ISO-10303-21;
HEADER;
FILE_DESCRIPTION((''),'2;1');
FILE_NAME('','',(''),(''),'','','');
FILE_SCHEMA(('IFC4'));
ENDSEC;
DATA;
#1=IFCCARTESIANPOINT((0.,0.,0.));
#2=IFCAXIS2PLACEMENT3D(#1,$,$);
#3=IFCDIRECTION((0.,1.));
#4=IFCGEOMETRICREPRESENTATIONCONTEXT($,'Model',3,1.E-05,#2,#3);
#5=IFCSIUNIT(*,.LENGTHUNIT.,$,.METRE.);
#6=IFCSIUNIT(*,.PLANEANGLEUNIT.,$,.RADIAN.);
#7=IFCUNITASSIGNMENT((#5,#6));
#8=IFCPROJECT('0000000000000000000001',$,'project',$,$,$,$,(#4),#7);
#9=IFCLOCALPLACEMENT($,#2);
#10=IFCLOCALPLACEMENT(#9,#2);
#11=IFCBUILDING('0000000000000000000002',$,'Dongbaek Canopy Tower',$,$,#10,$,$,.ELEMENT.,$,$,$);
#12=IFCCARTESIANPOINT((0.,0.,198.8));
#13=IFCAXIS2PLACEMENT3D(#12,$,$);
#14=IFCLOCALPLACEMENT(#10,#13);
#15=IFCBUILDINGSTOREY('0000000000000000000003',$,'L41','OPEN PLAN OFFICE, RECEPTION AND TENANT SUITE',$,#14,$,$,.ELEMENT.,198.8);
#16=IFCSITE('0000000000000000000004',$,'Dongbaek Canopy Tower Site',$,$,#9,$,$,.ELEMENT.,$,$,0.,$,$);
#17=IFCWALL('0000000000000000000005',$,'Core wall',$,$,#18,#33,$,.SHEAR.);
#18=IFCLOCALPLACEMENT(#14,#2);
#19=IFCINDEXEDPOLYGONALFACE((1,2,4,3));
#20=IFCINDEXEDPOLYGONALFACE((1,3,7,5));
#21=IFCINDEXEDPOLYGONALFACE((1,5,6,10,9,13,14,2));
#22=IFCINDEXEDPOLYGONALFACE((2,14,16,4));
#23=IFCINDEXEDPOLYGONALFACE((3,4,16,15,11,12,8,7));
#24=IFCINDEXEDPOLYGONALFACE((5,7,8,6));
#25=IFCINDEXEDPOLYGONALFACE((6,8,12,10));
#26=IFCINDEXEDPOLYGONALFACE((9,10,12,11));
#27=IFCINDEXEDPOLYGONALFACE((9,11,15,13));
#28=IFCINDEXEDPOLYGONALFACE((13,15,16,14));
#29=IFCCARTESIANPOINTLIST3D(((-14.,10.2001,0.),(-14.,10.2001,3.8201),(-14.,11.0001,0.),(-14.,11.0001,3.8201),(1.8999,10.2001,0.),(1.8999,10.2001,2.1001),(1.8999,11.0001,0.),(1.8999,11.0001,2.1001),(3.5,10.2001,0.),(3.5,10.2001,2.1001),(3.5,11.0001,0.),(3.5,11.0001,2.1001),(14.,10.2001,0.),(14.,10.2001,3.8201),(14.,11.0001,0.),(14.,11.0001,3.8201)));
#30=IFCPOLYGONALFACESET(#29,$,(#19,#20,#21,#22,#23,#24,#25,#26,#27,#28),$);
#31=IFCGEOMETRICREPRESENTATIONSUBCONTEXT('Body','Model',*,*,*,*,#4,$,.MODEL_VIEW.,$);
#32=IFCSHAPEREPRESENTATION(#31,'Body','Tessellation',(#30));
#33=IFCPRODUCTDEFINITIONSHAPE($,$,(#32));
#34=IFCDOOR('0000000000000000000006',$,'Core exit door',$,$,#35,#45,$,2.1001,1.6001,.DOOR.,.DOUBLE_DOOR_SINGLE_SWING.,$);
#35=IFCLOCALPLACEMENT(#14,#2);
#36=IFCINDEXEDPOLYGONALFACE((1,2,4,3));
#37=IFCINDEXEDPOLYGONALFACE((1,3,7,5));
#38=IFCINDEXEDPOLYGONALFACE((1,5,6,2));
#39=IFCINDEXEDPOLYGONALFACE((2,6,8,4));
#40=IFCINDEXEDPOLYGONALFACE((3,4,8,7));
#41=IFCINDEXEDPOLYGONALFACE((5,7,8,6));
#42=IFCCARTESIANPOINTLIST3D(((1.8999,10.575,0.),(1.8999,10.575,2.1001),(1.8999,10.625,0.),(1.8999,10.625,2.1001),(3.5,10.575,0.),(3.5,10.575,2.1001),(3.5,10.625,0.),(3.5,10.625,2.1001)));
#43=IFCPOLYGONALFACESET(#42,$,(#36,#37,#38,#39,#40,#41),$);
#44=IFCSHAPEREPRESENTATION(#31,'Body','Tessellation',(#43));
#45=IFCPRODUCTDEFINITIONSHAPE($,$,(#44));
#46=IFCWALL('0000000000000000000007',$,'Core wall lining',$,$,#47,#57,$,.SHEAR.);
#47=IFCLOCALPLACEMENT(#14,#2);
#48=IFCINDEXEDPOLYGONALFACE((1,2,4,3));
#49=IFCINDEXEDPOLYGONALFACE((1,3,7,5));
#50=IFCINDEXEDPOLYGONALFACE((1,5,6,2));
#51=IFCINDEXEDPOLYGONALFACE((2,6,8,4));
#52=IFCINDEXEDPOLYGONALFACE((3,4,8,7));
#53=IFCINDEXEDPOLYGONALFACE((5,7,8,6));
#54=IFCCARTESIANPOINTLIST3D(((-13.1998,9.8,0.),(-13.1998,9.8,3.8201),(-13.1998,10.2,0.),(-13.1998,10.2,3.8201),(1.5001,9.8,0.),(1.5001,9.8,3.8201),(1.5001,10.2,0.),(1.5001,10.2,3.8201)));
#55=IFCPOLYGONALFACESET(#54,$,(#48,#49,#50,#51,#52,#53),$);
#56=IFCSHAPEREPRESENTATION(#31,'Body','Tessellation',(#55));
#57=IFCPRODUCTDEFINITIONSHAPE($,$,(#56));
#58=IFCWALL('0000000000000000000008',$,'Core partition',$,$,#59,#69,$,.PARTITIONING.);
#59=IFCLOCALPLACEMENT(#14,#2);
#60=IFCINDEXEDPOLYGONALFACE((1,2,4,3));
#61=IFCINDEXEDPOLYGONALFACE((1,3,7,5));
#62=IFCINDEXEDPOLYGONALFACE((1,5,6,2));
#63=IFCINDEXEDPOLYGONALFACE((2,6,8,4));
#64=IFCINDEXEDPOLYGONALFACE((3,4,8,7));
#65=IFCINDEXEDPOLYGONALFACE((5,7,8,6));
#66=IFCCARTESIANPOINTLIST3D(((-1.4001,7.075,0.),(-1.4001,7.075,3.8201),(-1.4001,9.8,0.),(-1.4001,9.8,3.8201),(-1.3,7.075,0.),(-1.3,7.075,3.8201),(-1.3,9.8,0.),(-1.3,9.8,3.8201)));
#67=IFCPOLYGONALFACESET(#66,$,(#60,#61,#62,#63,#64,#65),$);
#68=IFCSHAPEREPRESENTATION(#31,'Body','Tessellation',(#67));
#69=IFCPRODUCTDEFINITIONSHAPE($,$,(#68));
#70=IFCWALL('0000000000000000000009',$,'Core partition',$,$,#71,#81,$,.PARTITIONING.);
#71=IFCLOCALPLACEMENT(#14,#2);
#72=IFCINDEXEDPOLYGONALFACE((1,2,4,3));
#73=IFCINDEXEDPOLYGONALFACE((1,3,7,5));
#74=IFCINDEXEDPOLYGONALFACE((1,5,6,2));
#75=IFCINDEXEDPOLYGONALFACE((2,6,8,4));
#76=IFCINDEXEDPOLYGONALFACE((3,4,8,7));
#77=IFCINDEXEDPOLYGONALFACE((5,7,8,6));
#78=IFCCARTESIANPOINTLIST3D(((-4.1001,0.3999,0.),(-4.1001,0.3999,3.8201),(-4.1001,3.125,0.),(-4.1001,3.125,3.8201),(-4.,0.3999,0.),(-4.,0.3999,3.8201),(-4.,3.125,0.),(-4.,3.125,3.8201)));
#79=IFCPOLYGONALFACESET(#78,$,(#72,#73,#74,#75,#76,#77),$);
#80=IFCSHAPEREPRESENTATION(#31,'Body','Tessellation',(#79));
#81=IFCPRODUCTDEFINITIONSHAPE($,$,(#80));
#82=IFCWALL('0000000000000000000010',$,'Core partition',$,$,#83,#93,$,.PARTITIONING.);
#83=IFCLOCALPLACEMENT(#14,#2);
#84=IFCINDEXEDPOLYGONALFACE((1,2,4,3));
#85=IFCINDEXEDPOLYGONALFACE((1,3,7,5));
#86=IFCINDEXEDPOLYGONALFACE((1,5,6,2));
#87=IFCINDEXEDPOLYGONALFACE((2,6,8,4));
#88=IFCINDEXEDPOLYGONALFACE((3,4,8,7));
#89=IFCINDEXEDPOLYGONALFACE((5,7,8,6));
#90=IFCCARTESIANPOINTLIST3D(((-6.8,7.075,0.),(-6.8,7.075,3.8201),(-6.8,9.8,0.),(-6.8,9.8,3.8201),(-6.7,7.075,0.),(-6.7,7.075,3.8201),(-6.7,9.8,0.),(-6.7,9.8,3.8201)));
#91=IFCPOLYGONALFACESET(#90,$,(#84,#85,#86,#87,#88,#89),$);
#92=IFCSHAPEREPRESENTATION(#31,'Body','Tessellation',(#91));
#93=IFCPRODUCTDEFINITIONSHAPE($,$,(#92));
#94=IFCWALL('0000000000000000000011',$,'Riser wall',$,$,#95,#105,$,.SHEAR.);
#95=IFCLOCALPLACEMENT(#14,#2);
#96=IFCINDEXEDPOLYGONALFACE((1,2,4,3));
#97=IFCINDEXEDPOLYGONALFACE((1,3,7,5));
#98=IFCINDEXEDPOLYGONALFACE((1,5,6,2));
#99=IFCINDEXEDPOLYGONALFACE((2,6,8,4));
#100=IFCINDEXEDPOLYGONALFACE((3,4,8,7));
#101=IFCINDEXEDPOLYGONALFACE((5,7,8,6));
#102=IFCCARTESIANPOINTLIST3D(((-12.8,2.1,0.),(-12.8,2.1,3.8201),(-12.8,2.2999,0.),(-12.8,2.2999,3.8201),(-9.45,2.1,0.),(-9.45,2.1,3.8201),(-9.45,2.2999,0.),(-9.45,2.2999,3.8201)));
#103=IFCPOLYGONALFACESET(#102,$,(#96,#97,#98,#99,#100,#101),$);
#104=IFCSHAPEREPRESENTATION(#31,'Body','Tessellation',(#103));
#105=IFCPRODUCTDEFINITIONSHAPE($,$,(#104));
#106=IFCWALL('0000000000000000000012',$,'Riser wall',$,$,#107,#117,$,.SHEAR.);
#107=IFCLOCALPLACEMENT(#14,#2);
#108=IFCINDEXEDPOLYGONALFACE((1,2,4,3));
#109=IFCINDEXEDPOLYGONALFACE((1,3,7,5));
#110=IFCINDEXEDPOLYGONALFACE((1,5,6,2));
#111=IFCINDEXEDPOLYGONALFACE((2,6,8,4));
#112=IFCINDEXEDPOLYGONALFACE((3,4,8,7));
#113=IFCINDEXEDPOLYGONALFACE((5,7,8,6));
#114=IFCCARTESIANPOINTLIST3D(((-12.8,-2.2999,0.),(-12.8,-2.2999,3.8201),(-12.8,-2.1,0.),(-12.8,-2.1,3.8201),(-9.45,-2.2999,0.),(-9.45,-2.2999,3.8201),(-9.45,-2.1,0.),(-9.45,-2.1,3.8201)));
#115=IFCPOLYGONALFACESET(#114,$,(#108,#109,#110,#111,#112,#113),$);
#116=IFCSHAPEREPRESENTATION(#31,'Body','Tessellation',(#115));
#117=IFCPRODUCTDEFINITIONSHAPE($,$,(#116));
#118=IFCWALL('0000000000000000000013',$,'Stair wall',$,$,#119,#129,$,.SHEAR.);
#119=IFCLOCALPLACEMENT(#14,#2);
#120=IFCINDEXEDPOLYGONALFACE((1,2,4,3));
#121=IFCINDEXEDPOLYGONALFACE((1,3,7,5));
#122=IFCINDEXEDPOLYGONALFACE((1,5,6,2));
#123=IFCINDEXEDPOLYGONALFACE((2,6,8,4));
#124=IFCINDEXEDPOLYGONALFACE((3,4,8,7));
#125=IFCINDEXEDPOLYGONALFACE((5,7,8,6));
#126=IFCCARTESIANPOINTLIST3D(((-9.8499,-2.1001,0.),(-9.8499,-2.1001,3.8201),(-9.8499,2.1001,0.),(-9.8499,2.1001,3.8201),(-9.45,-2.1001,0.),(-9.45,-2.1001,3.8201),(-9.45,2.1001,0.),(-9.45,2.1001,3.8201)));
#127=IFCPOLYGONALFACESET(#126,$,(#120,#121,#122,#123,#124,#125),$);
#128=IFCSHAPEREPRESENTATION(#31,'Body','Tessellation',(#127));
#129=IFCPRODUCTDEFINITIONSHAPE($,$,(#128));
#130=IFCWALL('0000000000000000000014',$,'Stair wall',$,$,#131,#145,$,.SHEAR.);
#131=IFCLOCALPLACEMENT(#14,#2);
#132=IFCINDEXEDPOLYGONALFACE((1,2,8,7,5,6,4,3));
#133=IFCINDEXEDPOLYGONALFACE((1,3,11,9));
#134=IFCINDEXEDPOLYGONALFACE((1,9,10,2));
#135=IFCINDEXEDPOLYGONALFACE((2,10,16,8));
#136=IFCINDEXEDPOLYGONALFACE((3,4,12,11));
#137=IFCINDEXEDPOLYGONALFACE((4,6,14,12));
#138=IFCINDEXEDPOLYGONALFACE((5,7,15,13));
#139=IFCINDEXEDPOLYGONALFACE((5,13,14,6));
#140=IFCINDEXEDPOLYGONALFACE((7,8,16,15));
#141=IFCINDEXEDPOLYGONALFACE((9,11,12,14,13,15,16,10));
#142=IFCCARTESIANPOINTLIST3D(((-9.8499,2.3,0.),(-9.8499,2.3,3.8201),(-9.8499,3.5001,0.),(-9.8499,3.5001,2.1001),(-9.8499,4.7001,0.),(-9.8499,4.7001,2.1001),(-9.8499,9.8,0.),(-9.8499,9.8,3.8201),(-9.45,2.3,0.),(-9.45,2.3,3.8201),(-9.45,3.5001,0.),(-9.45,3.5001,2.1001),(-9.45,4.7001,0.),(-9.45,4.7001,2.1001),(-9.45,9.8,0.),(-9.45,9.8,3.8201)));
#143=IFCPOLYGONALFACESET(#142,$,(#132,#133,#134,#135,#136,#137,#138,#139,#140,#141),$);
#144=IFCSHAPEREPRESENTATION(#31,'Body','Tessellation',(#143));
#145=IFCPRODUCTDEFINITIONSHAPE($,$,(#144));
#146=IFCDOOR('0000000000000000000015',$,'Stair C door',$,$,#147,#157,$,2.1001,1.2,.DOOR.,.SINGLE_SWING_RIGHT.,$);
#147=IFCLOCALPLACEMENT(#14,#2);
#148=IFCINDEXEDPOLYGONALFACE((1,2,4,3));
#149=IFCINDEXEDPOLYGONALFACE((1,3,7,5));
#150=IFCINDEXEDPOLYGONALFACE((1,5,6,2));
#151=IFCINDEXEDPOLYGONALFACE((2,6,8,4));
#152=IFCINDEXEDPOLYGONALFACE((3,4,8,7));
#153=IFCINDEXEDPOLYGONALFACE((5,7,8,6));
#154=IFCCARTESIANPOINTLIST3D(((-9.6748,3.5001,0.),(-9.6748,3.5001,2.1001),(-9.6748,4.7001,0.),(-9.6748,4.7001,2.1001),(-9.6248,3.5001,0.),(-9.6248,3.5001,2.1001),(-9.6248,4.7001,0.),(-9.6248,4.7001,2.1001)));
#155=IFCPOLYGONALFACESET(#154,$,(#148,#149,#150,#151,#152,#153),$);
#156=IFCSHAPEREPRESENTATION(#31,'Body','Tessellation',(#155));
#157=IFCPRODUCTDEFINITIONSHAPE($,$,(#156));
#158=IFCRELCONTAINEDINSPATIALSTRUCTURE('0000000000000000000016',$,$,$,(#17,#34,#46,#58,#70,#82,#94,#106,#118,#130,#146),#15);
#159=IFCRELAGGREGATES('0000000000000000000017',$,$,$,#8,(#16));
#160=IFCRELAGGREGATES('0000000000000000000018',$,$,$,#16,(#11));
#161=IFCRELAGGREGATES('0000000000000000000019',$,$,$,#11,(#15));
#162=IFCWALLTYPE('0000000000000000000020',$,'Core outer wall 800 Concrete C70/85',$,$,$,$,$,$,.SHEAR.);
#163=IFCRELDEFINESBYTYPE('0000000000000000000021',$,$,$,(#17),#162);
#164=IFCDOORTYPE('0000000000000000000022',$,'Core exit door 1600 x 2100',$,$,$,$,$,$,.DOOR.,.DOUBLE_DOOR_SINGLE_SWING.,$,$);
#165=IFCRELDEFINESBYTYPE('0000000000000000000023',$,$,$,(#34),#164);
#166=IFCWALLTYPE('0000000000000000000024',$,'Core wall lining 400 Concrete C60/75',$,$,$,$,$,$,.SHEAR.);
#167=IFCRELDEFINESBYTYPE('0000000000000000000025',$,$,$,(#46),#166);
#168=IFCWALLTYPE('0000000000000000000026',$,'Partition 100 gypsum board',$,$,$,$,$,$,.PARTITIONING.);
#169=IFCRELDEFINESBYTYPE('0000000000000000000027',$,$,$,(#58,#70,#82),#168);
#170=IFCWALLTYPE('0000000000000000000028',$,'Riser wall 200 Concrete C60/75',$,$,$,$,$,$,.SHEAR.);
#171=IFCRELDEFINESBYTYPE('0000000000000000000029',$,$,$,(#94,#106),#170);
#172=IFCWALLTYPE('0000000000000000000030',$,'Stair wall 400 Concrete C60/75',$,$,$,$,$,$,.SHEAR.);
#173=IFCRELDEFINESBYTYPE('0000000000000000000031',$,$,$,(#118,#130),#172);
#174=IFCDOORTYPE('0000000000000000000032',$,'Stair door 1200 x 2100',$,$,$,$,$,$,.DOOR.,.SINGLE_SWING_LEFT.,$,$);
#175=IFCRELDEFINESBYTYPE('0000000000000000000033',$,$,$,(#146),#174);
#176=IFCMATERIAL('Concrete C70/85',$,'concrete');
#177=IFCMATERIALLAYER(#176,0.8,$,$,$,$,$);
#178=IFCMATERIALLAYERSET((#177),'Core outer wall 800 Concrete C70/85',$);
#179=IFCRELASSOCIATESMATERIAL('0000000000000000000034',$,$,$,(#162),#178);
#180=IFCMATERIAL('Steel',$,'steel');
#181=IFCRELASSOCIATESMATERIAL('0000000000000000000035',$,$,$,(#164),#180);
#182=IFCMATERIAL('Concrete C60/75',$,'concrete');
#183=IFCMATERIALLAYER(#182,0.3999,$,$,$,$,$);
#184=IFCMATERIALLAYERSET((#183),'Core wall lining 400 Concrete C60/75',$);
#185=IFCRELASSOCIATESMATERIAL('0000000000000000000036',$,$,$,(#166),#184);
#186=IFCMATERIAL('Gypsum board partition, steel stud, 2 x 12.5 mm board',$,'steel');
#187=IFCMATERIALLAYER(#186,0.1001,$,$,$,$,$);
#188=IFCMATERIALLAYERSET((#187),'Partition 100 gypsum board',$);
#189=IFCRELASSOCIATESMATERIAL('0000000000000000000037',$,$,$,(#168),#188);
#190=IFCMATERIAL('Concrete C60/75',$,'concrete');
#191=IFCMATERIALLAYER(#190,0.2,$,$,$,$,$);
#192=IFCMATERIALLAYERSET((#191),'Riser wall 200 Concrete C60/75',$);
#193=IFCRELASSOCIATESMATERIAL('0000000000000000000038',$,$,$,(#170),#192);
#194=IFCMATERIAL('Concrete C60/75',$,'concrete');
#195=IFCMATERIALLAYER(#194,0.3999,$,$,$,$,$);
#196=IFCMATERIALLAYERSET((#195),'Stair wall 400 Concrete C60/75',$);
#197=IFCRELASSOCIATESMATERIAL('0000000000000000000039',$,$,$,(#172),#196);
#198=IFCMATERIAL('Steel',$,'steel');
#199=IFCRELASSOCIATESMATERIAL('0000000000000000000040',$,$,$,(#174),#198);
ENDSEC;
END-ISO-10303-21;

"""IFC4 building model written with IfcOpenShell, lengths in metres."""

from ifc_helpers import new_model, si_unit, direction, frame, frame_2d, origin, place, context, subcontext, project, spatial, rectangle, extrude, material, layer, layer_set, type_object, element, fill, save


model = new_model("IFC4")

# Units and contexts
model_context = context("Model", 3, precision=1e-05, world=origin(), true_north=direction((0.0, 1.0)))
body_context = subcontext(model_context, "Body", "Model", "MODEL_VIEW")
ifc_project = project(units=[si_unit("LENGTHUNIT", "METRE"), si_unit("PLANEANGLEUNIT", "RADIAN")], contexts=[model_context])

# Site, building, storey
site_placement = place(None, origin())
site = spatial("IfcSite", under=ifc_project, at=site_placement, Name="Dongbaek Canopy Tower Site", CompositionType="ELEMENT", RefElevation=0.0)
building_placement = place(site_placement, origin())
building = spatial("IfcBuilding", under=site, at=building_placement, Name="Dongbaek Canopy Tower", CompositionType="ELEMENT")
storey_placement = place(building_placement, frame((0.0, 0.0, 198.8)))
storey = spatial("IfcBuildingStorey", under=building, at=storey_placement, Name="L41", Description="OPEN PLAN OFFICE, RECEPTION AND TENANT SUITE", CompositionType="ELEMENT", Elevation=198.8)

# Wall, opening, door
ifc_material_1 = material(Name="Concrete C70/85", Category="concrete")
ifc_layer_1 = layer(ifc_material_1, 0.8)
ifc_layer_set_1 = layer_set([ifc_layer_1], Name="Core outer wall 800 Concrete C70/85")
wall_type_1 = type_object("IfcWallType", Name="Core outer wall 800 Concrete C70/85", PredefinedType="SHEAR", material=ifc_layer_set_1)
wall_1_placement = place(storey_placement, frame((-14.0, 10.6001, 0.0), z_axis=(0.0, 0.0, 1.0), x_axis=(1.0, 0.0, 0.0)))
wall_1 = element("IfcWall", 1, at=wall_1_placement, inside=storey, type_object=wall_type_1, Name="Core wall", PredefinedType="SHEAR", context=body_context, shape_type="SweptSolid", body=[
    extrude(rectangle(XDim=28.0, YDim=0.8, at=frame_2d((14.0, 0.0))), origin(), (0.0, 0.0, 1.0), 3.8201),
])
opening_1_placement = place(wall_1_placement, frame((15.8999, 0.0, 0.0)))
opening_1 = element("IfcOpeningElement", 2, at=opening_1_placement, cuts=wall_1, PredefinedType="OPENING", context=body_context, shape_type="SweptSolid", body=[
    extrude(rectangle(XDim=1.6001, YDim=2.1001, at=frame_2d((0.8, 1.05))), frame((0.0, 0.4099, 0.0), z_axis=(0.0, -1.0, 0.0), x_axis=(1.0, 0.0, 0.0)), (0.0, 0.0, 1.0), 0.8201),
])
ifc_material_2 = material(Name="Steel", Category="steel")
door_type_1 = type_object("IfcDoorType", Name="Core exit door 1600 x 2100", OperationType="DOUBLE_DOOR_SINGLE_SWING", PredefinedType="DOOR", material=ifc_material_2)
door_1_placement = place(opening_1_placement, origin())
door_1 = element("IfcDoor", 3, at=door_1_placement, inside=storey, type_object=door_type_1, Name="Core exit door", OperationType="DOUBLE_DOOR_SINGLE_SWING", OverallHeight=2.1001, OverallWidth=1.6001, PredefinedType="DOOR", context=body_context, shape_type="SweptSolid", body=[
    extrude(rectangle(XDim=1.6001, YDim=2.1001, at=frame_2d((0.8, 1.05))), frame((0.0, 0.0249, 0.0), z_axis=(0.0, -1.0, 0.0), x_axis=(1.0, 0.0, 0.0)), (0.0, 0.0, 1.0), 0.05),
])
fill(opening_1, door_1)

# Walls
ifc_material_3 = material(Name="Concrete C60/75", Category="concrete")
ifc_layer_2 = layer(ifc_material_3, 0.3999)
ifc_layer_set_2 = layer_set([ifc_layer_2], Name="Core wall lining 400 Concrete C60/75")
wall_type_2 = type_object("IfcWallType", Name="Core wall lining 400 Concrete C60/75", PredefinedType="SHEAR", material=ifc_layer_set_2)
wall_2_placement = place(storey_placement, frame((-13.2, 10.0, 0.0), z_axis=(0.0, 0.0, 1.0), x_axis=(1.0, 0.0, 0.0)))
element("IfcWall", 4, at=wall_2_placement, inside=storey, type_object=wall_type_2, Name="Core wall lining", PredefinedType="SHEAR", context=body_context, shape_type="SweptSolid", body=[
    extrude(rectangle(XDim=14.7, YDim=0.3999, at=frame_2d((7.3501, 0.0))), origin(), (0.0, 0.0, 1.0), 3.8201),
])
ifc_material_4 = material(Name="Gypsum board partition, steel stud, 2 x 12.5 mm board", Category="steel")
ifc_layer_3 = layer(ifc_material_4, 0.1001)
ifc_layer_set_3 = layer_set([ifc_layer_3], Name="Partition 100 gypsum board")
wall_type_3 = type_object("IfcWallType", Name="Partition 100 gypsum board", PredefinedType="PARTITIONING", material=ifc_layer_set_3)
for number, where, z_axis, x_axis, name in (
    (5, (-1.3501, 7.075, 0.0), (0.0, 0.0, 1.0), (0.0, 1.0, 0.0), "Core partition"),
    (6, (-4.05, 0.3999, 0.0), (0.0, 0.0, 1.0), (0.0, 1.0, 0.0), "Core partition"),
    (7, (-6.75, 7.075, 0.0), (0.0, 0.0, 1.0), (0.0, 1.0, 0.0), "Core partition"),
):
    element("IfcWall", number, at=place(storey_placement, frame(where, z_axis=z_axis, x_axis=x_axis)), inside=storey, type_object=wall_type_3, Name=name, PredefinedType="PARTITIONING", context=body_context, shape_type="SweptSolid", body=[
        extrude(rectangle(XDim=2.7251, YDim=0.1001, at=frame_2d((1.3625, 0.0))), origin(), (0.0, 0.0, 1.0), 3.8201),
    ])
ifc_material_5 = material(Name="Concrete C60/75", Category="concrete")
ifc_layer_4 = layer(ifc_material_5, 0.2)
ifc_layer_set_4 = layer_set([ifc_layer_4], Name="Riser wall 200 Concrete C60/75")
wall_type_4 = type_object("IfcWallType", Name="Riser wall 200 Concrete C60/75", PredefinedType="SHEAR", material=ifc_layer_set_4)
for number, where, z_axis, x_axis, name in (
    (8, (-9.45, 2.2, 0.0), (0.0, 0.0, 1.0), (-1.0, 0.0, 0.0), "Riser wall"),
    (9, (-9.45, -2.2, 0.0), (0.0, 0.0, 1.0), (-1.0, 0.0, 0.0), "Riser wall"),
):
    element("IfcWall", number, at=place(storey_placement, frame(where, z_axis=z_axis, x_axis=x_axis)), inside=storey, type_object=wall_type_4, Name=name, PredefinedType="SHEAR", context=body_context, shape_type="SweptSolid", body=[
        extrude(rectangle(XDim=3.3501, YDim=0.2, at=frame_2d((1.675, 0.0))), origin(), (0.0, 0.0, 1.0), 3.8201),
    ])
ifc_material_6 = material(Name="Concrete C60/75", Category="concrete")
ifc_layer_5 = layer(ifc_material_6, 0.3999)
ifc_layer_set_5 = layer_set([ifc_layer_5], Name="Stair wall 400 Concrete C60/75")
wall_type_5 = type_object("IfcWallType", Name="Stair wall 400 Concrete C60/75", PredefinedType="SHEAR", material=ifc_layer_set_5)
wall_3_placement = place(storey_placement, frame((-9.6499, -2.1001, 0.0), z_axis=(0.0, 0.0, 1.0), x_axis=(0.0, 1.0, 0.0)))
element("IfcWall", 10, at=wall_3_placement, inside=storey, type_object=wall_type_5, Name="Stair wall", PredefinedType="SHEAR", context=body_context, shape_type="SweptSolid", body=[
    extrude(rectangle(XDim=4.2002, YDim=0.3999, at=frame_2d((2.1001, 0.0))), origin(), (0.0, 0.0, 1.0), 3.8201),
])

# Wall, opening, door
wall_4_placement = place(storey_placement, frame((-9.6499, 2.3, 0.0), z_axis=(0.0, 0.0, 1.0), x_axis=(0.0, 1.0, 0.0)))
wall_4 = element("IfcWall", 11, at=wall_4_placement, inside=storey, type_object=wall_type_5, Name="Stair wall", PredefinedType="SHEAR", context=body_context, shape_type="SweptSolid", body=[
    extrude(rectangle(XDim=7.5, YDim=0.3999, at=frame_2d((3.75, 0.0))), origin(), (0.0, 0.0, 1.0), 3.8201),
])
opening_2_placement = place(wall_4_placement, frame((1.2, 0.0, 0.0)))
opening_2 = element("IfcOpeningElement", 12, at=opening_2_placement, cuts=wall_4, PredefinedType="OPENING", context=body_context, shape_type="SweptSolid", body=[
    extrude(rectangle(XDim=1.2, YDim=2.1001, at=frame_2d((0.6001, 1.05))), frame((0.0, 0.21, 0.0), z_axis=(0.0, -1.0, 0.0), x_axis=(1.0, 0.0, 0.0)), (0.0, 0.0, 1.0), 0.4199),
])
ifc_material_7 = material(Name="Steel", Category="steel")
door_type_2 = type_object("IfcDoorType", Name="Stair door 1200 x 2100", OperationType="SINGLE_SWING_LEFT", PredefinedType="DOOR", material=ifc_material_7)
door_2_placement = place(opening_2_placement, origin())
door_2 = element("IfcDoor", 13, at=door_2_placement, inside=storey, type_object=door_type_2, Name="Stair C door", OperationType="SINGLE_SWING_RIGHT", OverallHeight=2.1001, OverallWidth=1.2, PredefinedType="DOOR", context=body_context, shape_type="SweptSolid", body=[
    extrude(rectangle(XDim=1.2, YDim=2.1001, at=frame_2d((0.6001, 1.05))), frame((0.0, 0.0249, 0.0), z_axis=(0.0, -1.0, 0.0), x_axis=(1.0, 0.0, 0.0)), (0.0, 0.0, 1.0), 0.05),
])
fill(opening_2, door_2)

save(model, "model.ifc")
